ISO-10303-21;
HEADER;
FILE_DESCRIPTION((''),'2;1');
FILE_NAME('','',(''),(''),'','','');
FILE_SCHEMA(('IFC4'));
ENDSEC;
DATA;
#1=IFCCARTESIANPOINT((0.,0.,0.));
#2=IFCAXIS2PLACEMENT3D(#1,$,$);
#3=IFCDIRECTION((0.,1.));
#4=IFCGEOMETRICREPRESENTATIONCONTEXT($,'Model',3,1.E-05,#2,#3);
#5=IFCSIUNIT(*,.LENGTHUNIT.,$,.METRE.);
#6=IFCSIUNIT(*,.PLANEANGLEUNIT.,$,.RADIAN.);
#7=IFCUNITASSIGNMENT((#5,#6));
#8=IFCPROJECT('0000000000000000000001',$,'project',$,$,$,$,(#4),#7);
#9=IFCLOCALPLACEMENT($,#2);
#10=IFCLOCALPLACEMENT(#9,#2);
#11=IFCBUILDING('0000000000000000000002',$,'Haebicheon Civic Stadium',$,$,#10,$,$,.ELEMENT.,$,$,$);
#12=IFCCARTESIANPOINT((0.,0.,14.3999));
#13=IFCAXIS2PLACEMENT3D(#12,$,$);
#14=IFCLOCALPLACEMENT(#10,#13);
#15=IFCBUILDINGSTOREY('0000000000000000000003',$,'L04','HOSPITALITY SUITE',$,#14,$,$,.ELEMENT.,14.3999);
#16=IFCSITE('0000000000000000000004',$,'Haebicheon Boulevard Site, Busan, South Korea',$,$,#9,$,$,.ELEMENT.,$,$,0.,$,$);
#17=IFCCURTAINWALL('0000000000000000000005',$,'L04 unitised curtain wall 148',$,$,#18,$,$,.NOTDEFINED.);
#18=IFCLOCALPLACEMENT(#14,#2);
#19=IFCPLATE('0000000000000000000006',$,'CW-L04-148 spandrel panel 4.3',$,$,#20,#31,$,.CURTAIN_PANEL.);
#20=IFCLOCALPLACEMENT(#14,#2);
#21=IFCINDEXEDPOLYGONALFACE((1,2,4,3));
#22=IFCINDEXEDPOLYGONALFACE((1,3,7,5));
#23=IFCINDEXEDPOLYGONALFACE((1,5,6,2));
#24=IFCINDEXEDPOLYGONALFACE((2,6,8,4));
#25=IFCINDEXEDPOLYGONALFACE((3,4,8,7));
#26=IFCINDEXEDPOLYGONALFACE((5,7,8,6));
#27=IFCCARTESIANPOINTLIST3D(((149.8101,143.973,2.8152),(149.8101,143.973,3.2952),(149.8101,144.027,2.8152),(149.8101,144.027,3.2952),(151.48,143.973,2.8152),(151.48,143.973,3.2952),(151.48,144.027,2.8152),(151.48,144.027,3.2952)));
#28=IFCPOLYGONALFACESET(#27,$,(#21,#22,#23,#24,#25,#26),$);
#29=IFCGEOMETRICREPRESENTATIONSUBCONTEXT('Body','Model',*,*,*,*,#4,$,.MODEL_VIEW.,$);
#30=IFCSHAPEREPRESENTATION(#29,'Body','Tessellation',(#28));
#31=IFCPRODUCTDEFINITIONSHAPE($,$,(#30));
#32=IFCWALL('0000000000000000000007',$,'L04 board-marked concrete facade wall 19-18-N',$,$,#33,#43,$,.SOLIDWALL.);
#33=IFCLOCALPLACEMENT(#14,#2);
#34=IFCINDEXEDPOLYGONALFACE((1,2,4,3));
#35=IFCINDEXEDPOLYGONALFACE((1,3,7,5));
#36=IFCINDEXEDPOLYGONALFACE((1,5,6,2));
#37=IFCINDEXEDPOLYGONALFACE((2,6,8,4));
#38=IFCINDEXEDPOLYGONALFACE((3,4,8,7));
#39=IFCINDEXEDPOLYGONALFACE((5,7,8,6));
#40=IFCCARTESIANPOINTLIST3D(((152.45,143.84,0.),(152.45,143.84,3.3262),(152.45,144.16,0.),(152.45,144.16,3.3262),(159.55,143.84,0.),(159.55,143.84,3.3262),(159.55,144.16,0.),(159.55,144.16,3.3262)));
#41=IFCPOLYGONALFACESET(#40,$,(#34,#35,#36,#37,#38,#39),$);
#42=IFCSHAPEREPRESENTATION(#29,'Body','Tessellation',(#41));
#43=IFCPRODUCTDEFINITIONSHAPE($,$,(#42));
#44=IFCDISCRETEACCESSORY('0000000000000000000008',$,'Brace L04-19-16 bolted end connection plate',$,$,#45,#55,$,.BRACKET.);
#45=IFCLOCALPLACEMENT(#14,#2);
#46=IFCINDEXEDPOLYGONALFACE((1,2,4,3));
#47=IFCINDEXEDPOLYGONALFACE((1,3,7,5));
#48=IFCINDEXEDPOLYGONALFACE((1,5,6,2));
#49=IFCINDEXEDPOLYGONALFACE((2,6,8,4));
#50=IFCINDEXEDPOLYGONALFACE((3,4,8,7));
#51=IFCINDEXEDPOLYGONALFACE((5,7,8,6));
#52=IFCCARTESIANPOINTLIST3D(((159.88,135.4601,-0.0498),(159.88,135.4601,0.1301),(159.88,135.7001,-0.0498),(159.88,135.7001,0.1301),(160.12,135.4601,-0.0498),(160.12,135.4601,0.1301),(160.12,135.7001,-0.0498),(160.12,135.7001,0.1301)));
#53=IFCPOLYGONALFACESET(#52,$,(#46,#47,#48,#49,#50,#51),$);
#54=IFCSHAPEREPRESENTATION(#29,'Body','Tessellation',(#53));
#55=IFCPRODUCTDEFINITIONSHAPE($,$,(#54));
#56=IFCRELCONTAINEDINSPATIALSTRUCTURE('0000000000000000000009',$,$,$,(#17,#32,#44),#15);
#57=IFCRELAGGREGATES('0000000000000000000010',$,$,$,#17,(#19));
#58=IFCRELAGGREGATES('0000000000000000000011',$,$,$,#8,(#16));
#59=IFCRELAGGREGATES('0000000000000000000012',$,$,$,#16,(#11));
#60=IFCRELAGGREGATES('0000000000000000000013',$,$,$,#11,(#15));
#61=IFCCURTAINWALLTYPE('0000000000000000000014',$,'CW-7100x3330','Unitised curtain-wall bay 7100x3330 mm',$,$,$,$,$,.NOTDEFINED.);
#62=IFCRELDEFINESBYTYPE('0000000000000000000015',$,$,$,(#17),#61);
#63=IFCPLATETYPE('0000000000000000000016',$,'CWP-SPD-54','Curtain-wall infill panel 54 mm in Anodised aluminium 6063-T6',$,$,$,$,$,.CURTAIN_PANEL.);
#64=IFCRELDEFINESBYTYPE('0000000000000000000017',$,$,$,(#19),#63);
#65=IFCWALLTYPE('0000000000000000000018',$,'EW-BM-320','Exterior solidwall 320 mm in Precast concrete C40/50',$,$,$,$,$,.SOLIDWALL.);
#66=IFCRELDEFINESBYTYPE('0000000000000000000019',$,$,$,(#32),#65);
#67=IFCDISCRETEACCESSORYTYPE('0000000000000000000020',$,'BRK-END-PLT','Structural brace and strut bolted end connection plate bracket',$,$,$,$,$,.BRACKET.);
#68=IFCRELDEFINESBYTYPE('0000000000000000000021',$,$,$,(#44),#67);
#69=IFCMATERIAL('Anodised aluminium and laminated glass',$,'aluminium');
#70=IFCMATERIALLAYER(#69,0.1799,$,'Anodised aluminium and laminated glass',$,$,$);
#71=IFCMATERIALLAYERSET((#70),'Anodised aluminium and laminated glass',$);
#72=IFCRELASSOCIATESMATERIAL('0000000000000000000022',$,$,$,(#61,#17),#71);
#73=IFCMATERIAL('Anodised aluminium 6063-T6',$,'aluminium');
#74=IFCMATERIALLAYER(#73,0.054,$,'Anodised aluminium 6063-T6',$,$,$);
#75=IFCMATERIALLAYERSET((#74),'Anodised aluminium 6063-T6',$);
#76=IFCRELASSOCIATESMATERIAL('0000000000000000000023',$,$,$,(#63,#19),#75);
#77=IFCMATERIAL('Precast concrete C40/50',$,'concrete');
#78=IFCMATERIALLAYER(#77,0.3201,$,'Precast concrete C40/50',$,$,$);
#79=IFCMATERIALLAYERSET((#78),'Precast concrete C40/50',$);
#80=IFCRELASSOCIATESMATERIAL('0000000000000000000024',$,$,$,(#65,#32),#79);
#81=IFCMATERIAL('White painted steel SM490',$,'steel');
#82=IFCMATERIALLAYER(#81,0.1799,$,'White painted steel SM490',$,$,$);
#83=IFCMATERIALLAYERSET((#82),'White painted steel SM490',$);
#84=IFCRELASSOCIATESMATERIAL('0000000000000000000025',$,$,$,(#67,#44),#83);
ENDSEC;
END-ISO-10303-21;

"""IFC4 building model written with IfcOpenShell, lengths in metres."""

from ifc_helpers import new_model, si_unit, direction, frame, frame_2d, origin, origin_2d, place, context, subcontext, project, spatial, rectangle, extrude, material, layer, layer_set, type_object, element, aggregate, save


model = new_model("IFC4")

# Units and contexts
model_context = context("Model", 3, precision=1e-05, world=origin(), true_north=direction((0.0, 1.0)))
body_context = subcontext(model_context, "Body", "Model", "MODEL_VIEW")
ifc_project = project(units=[si_unit("LENGTHUNIT", "METRE"), si_unit("PLANEANGLEUNIT", "RADIAN")], contexts=[model_context])

# Site, building, storey
site_placement = place(None, origin())
site = spatial("IfcSite", under=ifc_project, at=site_placement, Name="Haebicheon Boulevard Site, Busan, South Korea", CompositionType="ELEMENT", RefElevation=0.0)
building_placement = place(site_placement, origin())
building = spatial("IfcBuilding", under=site, at=building_placement, Name="Haebicheon Civic Stadium", CompositionType="ELEMENT")
storey_placement = place(building_placement, frame((0.0, 0.0, 14.3999)))
storey = spatial("IfcBuildingStorey", under=building, at=storey_placement, Name="L04", Description="HOSPITALITY SUITE", CompositionType="ELEMENT", Elevation=14.3999)

# Curtain wall
ifc_material_1 = material(Name="Anodised aluminium and laminated glass", Category="aluminium")
ifc_layer_1 = layer(ifc_material_1, 0.1799, Name="Anodised aluminium and laminated glass")
ifc_layer_set_1 = layer_set([ifc_layer_1], Name="Anodised aluminium and laminated glass")
curtain_wall_type = type_object("IfcCurtainWallType", Name="CW-7100x3330", Description="Unitised curtain-wall bay 7100x3330 mm", PredefinedType="NOTDEFINED", material=ifc_layer_set_1)
curtain_wall_placement = place(storey_placement, origin())
curtain_wall = element("IfcCurtainWall", 1, at=curtain_wall_placement, inside=storey, type_object=curtain_wall_type, material=ifc_layer_set_1, Name="L04 unitised curtain wall 148", PredefinedType="NOTDEFINED")

# Plate
ifc_material_2 = material(Name="Anodised aluminium 6063-T6", Category="aluminium")
ifc_layer_2 = layer(ifc_material_2, 0.054, Name="Anodised aluminium 6063-T6")
ifc_layer_set_2 = layer_set([ifc_layer_2], Name="Anodised aluminium 6063-T6")
plate_type_1 = type_object("IfcPlateType", Name="CWP-SPD-54", Description="Curtain-wall infill panel 54 mm in Anodised aluminium 6063-T6", PredefinedType="CURTAIN_PANEL", material=ifc_layer_set_2)
plate_1_placement = place(storey_placement, frame((150.645, 144.0, 2.8152), z_axis=(0.0, 0.0, 1.0), x_axis=(1.0, 0.0, 0.0)))
plate_1 = element("IfcPlate", 2, at=plate_1_placement, type_object=plate_type_1, material=ifc_layer_set_2, Name="CW-L04-148 spandrel panel 4.3", PredefinedType="CURTAIN_PANEL", context=body_context, shape_type="SweptSolid", body=[
    extrude(rectangle(XDim=1.6699, YDim=0.054, at=origin_2d()), origin(), (0.0, 0.0, 1.0), 0.48),
])
aggregate(curtain_wall, [plate_1])

# Wall
ifc_material_3 = material(Name="Precast concrete C40/50", Category="concrete")
ifc_layer_3 = layer(ifc_material_3, 0.3201, Name="Precast concrete C40/50")
ifc_layer_set_3 = layer_set([ifc_layer_3], Name="Precast concrete C40/50")
wall_type = type_object("IfcWallType", Name="EW-BM-320", Description="Exterior solidwall 320 mm in Precast concrete C40/50", PredefinedType="SOLIDWALL", material=ifc_layer_set_3)
wall_placement = place(storey_placement, frame((152.45, 144.0, 0.0), z_axis=(0.0, 0.0, 1.0), x_axis=(1.0, 0.0, 0.0)))
element("IfcWall", 3, at=wall_placement, inside=storey, type_object=wall_type, material=ifc_layer_set_3, Name="L04 board-marked concrete facade wall 19-18-N", PredefinedType="SOLIDWALL", context=body_context, shape_type="SweptSolid", body=[
    extrude(rectangle(XDim=7.1001, YDim=0.3201, at=frame_2d((3.55, 0.0))), origin(), (0.0, 0.0, 1.0), 3.3262),
])

# Discrete accessory
ifc_material_4 = material(Name="White painted steel SM490", Category="steel")
ifc_layer_4 = layer(ifc_material_4, 0.1799, Name="White painted steel SM490")
ifc_layer_set_4 = layer_set([ifc_layer_4], Name="White painted steel SM490")
discrete_accessory_type = type_object("IfcDiscreteAccessoryType", Name="BRK-END-PLT", Description="Structural brace and strut bolted end connection plate bracket", PredefinedType="BRACKET", material=ifc_layer_set_4)
discrete_accessory_placement = place(storey_placement, frame((160.0, 135.5801, -0.0498), z_axis=(0.0, 0.0, 1.0), x_axis=(1.0, 0.0, 0.0)))
element("IfcDiscreteAccessory", 4, at=discrete_accessory_placement, inside=storey, type_object=discrete_accessory_type, material=ifc_layer_set_4, Name="Brace L04-19-16 bolted end connection plate", PredefinedType="BRACKET", context=body_context, shape_type="SweptSolid", body=[
    extrude(rectangle(XDim=0.24, YDim=0.24, at=origin_2d()), origin(), (0.0, 0.0, 1.0), 0.1799),
])

save(model, "model.ifc")
